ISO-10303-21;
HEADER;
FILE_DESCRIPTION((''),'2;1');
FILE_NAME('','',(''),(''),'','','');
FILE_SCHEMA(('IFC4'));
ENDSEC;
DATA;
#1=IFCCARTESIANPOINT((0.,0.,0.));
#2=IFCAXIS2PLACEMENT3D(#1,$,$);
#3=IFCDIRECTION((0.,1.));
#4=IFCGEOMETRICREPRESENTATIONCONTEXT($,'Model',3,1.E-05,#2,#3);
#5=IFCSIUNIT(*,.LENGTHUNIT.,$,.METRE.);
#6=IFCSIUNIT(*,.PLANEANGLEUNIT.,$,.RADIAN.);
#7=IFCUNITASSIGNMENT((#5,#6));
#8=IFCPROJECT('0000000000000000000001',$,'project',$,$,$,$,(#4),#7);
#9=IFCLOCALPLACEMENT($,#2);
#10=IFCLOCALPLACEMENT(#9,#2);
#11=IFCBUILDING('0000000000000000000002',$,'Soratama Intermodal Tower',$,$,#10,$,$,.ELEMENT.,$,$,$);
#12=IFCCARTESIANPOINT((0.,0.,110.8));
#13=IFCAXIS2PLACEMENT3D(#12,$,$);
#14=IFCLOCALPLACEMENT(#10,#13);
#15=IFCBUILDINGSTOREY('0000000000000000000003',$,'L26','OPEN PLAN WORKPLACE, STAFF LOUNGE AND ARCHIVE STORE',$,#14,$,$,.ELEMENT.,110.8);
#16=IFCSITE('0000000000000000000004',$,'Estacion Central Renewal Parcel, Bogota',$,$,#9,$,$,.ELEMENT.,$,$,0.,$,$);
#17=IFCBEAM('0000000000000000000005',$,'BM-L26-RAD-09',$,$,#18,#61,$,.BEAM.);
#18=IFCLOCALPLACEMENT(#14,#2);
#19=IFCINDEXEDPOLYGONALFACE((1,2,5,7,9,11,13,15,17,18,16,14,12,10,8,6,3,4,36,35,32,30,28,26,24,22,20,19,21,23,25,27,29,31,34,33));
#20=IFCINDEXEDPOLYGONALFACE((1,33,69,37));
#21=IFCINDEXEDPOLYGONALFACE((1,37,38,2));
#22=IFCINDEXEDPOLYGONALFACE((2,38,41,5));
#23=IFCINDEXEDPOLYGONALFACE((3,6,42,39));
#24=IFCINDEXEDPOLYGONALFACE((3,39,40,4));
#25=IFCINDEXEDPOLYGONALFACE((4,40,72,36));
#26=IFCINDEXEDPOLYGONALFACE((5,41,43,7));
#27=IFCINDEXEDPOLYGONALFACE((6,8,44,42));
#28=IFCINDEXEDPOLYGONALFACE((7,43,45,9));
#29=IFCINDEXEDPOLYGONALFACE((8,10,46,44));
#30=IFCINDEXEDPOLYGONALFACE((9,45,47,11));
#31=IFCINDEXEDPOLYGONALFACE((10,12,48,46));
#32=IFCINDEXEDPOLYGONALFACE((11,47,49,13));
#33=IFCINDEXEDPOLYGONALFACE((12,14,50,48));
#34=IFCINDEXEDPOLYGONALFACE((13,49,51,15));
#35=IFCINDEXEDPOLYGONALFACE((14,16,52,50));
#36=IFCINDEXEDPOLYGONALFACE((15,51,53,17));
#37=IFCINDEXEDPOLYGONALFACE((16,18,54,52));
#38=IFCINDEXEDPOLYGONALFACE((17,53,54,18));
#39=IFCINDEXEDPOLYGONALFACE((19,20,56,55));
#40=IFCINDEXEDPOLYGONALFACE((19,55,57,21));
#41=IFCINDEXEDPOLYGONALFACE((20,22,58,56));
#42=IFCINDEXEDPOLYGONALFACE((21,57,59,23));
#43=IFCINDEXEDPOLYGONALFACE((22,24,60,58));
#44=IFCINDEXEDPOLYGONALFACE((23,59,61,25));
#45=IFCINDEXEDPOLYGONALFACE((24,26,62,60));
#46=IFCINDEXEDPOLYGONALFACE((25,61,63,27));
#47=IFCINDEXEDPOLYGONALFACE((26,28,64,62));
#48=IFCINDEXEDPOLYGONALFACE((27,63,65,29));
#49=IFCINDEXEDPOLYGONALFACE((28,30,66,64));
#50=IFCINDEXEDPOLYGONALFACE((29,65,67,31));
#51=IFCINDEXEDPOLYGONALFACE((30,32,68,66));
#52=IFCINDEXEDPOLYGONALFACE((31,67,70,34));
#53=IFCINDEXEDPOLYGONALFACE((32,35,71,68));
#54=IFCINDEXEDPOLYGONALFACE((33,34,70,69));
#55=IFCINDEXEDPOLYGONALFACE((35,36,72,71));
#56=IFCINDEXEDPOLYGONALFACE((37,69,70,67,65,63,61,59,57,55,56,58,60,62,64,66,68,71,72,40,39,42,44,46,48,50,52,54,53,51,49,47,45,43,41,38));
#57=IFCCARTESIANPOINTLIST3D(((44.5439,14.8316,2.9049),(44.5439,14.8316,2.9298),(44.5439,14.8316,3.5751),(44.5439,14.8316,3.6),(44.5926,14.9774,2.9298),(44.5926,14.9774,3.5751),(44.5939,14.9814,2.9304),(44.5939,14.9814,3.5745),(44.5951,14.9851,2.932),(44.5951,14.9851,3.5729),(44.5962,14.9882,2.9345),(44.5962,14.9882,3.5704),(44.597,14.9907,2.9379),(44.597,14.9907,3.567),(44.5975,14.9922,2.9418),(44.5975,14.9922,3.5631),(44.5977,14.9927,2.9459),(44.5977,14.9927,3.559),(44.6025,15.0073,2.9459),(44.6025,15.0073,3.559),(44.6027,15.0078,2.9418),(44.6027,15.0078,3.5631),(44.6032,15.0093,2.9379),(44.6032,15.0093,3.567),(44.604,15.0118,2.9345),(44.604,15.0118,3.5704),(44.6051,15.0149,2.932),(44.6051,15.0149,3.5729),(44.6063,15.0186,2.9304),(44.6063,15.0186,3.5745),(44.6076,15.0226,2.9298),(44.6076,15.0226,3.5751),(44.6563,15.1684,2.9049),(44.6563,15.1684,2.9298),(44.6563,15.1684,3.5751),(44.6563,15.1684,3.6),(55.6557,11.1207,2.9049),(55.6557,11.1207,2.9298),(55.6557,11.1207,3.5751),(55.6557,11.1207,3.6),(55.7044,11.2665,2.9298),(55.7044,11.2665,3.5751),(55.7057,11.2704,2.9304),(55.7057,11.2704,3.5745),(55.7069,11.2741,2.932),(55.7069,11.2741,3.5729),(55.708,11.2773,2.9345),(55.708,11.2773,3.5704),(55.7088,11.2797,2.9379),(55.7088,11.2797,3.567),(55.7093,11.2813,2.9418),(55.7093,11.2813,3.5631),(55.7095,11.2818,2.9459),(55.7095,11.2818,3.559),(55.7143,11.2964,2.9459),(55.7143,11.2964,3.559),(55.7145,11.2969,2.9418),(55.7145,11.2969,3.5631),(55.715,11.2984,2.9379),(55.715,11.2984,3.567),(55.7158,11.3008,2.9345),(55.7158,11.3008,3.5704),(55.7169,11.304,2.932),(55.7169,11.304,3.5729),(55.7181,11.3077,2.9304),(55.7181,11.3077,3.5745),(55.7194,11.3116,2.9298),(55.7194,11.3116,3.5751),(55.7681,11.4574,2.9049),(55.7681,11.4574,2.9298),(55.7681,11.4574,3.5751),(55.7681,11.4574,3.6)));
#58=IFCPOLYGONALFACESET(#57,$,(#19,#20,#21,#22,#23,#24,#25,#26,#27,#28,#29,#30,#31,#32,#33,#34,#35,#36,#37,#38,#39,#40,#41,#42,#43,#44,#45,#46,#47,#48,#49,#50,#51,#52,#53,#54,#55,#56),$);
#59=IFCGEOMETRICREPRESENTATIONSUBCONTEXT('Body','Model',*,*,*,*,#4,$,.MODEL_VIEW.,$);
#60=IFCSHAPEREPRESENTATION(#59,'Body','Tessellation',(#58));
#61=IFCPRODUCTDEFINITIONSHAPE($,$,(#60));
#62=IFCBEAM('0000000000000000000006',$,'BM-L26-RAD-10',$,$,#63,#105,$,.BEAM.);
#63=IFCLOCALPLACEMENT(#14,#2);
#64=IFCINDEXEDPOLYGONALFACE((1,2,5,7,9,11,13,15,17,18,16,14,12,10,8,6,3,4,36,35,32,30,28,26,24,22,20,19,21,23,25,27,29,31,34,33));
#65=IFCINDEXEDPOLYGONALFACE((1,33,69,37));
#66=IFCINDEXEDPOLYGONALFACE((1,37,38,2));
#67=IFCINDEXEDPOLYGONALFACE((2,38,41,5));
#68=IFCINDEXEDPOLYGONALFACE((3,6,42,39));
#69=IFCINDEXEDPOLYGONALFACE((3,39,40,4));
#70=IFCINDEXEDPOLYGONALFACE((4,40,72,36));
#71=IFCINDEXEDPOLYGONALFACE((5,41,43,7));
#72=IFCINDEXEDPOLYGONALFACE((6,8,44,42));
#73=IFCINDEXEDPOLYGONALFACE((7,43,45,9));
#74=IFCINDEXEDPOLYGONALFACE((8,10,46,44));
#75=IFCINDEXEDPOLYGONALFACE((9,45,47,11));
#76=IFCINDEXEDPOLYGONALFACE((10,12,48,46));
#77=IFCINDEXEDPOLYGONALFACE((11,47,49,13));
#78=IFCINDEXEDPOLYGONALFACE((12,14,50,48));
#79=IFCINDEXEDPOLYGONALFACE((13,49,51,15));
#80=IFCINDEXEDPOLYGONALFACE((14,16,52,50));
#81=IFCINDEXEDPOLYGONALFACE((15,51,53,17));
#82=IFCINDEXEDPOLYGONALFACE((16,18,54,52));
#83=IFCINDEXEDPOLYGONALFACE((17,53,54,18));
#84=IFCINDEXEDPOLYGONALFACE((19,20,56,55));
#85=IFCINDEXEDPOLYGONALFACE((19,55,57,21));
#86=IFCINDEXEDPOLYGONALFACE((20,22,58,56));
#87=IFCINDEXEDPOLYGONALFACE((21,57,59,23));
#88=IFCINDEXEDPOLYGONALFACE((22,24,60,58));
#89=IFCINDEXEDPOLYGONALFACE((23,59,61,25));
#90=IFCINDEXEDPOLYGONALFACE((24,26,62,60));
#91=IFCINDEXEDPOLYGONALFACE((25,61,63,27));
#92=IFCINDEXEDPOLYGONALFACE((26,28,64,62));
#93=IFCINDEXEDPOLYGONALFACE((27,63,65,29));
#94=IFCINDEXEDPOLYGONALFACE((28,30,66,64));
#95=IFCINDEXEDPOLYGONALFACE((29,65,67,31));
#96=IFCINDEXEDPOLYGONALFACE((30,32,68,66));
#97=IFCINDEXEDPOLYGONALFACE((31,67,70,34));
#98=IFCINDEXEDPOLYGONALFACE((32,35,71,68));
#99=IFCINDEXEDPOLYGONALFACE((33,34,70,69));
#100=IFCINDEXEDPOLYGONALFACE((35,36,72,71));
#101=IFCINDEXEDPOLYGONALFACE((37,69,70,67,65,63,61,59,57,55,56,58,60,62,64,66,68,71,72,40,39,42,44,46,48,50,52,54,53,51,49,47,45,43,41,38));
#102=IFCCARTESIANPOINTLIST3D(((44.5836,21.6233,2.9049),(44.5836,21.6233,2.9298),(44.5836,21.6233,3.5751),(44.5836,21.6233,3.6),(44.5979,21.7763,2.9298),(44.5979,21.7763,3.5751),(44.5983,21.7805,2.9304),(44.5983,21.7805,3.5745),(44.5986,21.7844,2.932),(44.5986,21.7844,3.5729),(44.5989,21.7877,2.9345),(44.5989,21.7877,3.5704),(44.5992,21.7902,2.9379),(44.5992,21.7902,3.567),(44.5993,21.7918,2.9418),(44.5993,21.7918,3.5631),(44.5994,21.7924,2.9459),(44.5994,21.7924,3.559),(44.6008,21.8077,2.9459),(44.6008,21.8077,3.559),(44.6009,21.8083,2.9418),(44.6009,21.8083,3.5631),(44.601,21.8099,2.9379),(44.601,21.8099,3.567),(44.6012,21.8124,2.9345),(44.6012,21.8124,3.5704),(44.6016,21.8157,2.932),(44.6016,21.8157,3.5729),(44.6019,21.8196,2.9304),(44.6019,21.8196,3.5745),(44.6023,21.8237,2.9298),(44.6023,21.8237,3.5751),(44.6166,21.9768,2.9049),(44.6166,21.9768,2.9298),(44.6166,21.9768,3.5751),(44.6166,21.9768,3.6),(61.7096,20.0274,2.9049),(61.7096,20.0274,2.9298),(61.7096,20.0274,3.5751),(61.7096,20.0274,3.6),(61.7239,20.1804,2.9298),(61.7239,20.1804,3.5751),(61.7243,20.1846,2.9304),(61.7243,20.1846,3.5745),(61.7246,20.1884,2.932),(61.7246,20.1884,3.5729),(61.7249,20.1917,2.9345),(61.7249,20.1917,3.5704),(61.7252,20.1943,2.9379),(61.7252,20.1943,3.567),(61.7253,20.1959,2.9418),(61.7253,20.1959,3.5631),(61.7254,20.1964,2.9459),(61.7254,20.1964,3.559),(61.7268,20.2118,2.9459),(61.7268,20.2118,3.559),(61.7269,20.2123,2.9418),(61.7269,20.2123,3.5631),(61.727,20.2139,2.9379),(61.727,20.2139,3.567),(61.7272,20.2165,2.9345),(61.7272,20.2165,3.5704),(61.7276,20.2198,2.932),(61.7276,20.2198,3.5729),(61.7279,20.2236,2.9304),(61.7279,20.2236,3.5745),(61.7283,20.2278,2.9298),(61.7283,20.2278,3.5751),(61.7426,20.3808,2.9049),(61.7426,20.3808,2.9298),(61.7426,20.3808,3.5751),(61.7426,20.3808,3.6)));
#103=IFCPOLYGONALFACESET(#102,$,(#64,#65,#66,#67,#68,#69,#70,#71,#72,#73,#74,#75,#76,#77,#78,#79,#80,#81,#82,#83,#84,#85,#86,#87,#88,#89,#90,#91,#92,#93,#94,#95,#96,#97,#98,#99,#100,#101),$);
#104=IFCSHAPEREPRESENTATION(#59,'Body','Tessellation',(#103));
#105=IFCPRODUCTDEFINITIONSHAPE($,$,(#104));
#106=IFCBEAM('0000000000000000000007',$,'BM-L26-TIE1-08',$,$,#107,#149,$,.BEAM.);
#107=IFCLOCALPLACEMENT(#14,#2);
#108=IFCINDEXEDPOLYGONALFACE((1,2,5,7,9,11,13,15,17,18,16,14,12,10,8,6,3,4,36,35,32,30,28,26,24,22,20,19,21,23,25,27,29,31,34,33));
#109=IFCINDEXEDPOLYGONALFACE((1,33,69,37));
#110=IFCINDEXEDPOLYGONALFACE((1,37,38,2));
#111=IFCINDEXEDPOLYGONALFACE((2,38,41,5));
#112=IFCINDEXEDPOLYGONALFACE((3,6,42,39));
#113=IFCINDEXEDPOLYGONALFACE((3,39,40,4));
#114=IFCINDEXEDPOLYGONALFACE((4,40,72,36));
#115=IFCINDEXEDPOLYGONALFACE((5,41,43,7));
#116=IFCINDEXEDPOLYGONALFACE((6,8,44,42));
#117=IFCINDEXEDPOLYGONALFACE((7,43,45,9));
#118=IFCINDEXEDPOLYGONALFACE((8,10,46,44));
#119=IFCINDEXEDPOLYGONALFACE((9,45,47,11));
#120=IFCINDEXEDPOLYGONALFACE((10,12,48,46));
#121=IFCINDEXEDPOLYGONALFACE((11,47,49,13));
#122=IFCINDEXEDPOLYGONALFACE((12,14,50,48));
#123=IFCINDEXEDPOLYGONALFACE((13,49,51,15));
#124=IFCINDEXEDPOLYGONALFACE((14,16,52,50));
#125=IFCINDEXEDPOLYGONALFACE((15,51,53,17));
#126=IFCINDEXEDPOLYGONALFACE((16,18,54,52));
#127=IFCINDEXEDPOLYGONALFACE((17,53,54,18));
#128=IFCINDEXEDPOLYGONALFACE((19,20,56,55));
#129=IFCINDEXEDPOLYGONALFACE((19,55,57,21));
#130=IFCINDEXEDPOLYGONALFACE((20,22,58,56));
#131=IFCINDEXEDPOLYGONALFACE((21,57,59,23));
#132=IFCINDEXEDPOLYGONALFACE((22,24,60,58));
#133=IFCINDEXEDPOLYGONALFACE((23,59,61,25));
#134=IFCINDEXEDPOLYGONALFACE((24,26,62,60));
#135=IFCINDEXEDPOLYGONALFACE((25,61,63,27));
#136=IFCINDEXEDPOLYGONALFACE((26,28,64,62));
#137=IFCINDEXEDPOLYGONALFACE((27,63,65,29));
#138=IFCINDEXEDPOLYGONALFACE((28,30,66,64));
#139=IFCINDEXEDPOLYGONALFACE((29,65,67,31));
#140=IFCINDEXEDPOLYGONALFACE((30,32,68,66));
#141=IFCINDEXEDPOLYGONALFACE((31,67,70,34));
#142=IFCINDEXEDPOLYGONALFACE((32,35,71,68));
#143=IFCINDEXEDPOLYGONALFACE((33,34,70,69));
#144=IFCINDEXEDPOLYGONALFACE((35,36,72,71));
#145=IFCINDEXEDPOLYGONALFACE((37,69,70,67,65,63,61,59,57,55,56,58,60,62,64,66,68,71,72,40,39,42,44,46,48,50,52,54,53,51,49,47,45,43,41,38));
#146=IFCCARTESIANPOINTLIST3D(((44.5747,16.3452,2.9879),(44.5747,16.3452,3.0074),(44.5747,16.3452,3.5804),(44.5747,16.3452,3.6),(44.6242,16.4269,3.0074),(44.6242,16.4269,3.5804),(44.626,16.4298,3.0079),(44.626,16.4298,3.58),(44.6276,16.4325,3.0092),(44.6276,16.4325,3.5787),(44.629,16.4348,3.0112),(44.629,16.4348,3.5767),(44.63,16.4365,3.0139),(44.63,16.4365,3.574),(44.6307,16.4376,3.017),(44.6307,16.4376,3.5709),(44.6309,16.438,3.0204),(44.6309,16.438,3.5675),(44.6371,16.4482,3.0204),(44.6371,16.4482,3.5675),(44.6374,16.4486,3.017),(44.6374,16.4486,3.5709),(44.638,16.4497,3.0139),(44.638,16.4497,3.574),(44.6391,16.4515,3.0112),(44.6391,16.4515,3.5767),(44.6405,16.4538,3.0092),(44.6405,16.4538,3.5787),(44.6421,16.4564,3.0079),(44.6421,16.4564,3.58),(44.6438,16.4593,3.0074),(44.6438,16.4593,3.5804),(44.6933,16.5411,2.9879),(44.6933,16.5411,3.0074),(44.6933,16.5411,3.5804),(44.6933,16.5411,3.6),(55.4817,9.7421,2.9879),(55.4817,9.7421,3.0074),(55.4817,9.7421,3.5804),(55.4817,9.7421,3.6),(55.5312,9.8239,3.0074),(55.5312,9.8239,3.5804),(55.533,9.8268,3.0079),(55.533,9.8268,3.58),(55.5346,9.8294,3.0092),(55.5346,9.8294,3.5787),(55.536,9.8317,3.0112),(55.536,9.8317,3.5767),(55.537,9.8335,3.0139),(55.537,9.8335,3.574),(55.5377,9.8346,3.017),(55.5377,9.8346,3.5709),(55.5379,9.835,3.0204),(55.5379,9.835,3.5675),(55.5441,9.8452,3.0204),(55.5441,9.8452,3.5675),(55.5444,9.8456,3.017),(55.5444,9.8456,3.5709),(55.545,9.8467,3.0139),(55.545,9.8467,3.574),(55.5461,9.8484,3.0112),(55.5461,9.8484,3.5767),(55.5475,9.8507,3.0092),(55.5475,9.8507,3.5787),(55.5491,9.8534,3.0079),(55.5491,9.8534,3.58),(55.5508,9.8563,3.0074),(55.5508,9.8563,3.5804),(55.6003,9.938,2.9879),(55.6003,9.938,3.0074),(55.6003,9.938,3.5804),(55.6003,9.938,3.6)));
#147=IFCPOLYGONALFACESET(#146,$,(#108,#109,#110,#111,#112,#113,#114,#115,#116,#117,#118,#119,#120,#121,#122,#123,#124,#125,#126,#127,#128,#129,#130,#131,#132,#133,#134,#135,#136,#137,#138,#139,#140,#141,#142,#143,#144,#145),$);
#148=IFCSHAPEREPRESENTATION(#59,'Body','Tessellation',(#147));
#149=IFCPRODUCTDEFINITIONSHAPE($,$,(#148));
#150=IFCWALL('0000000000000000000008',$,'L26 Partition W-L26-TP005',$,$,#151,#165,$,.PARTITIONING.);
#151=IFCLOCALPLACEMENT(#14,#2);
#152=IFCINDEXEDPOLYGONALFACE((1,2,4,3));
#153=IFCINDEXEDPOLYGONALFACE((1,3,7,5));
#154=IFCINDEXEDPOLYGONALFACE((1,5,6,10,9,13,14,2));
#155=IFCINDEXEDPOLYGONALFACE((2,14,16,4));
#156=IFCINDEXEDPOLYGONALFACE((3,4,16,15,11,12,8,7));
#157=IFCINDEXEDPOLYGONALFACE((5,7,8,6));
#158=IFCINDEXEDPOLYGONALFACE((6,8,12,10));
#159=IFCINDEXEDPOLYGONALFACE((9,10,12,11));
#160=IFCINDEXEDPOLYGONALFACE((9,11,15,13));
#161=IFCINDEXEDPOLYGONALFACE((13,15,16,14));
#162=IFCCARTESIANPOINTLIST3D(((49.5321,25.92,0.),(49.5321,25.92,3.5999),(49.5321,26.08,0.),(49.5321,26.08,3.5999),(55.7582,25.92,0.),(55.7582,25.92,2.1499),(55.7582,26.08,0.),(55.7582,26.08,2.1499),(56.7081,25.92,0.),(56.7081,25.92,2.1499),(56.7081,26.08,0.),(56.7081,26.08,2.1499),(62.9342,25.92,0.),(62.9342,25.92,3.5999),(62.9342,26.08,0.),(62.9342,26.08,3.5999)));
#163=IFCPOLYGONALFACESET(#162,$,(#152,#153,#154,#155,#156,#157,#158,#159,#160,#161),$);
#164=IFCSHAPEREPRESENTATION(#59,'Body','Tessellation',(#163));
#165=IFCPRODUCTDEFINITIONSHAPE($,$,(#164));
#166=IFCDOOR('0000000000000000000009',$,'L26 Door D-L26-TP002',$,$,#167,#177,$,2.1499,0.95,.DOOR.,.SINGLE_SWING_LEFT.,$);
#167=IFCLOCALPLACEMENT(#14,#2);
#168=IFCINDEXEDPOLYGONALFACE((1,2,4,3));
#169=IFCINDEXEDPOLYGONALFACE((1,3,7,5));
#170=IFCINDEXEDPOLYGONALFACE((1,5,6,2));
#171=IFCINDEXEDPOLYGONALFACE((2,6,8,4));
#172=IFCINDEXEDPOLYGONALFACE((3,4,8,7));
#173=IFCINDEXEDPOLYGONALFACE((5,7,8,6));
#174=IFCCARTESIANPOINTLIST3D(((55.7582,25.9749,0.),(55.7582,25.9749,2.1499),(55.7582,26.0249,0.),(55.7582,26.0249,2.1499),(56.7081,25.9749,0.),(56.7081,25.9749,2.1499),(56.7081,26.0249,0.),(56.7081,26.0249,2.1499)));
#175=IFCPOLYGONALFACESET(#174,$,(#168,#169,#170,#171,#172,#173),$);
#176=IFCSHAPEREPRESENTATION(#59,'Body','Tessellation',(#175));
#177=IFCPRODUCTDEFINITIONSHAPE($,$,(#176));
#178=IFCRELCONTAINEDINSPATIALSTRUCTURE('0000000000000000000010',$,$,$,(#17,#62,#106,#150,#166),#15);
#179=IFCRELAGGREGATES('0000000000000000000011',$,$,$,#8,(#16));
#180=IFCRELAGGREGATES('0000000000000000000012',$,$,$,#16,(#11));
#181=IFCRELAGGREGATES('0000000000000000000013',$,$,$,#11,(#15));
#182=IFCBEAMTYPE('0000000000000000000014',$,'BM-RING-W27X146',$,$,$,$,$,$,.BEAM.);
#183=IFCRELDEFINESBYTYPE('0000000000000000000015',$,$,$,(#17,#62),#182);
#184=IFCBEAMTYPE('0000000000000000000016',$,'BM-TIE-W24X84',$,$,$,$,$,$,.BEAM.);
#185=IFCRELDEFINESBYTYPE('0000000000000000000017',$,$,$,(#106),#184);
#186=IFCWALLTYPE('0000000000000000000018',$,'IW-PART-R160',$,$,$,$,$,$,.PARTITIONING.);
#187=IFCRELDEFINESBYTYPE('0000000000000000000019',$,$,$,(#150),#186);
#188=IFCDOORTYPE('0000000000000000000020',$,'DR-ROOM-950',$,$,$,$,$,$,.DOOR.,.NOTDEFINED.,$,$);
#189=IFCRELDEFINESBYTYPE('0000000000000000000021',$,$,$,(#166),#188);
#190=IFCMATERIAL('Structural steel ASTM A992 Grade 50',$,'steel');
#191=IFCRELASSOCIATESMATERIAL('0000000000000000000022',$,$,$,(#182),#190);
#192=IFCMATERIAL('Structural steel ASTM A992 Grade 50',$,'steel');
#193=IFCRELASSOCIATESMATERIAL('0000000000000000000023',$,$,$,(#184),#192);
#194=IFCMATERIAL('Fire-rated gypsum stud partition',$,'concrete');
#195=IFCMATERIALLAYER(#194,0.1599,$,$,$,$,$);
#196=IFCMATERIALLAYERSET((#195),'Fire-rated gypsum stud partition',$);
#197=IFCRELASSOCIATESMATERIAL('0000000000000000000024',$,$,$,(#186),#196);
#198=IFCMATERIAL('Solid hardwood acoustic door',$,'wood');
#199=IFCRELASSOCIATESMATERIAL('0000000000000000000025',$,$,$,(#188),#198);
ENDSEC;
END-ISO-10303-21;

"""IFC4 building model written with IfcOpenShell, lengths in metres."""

from ifc_helpers import new_model, si_unit, direction, frame, frame_2d, origin, origin_2d, place, context, subcontext, project, spatial, rectangle, i_section, extrude, material, layer, layer_set, material_profile, profile_set, type_object, element, fill, save


model = new_model("IFC4")

# Units and contexts
model_context = context("Model", 3, precision=1e-05, world=origin(), true_north=direction((0.0, 1.0)))
body_context = subcontext(model_context, "Body", "Model", "MODEL_VIEW")
ifc_project = project(units=[si_unit("LENGTHUNIT", "METRE"), si_unit("PLANEANGLEUNIT", "RADIAN")], contexts=[model_context])

# Site, building, storey
site_placement = place(None, origin())
site = spatial("IfcSite", under=ifc_project, at=site_placement, Name="Estacion Central Renewal Parcel, Bogota", CompositionType="ELEMENT", RefElevation=0.0)
building_placement = place(site_placement, origin())
building = spatial("IfcBuilding", under=site, at=building_placement, Name="Soratama Intermodal Tower", CompositionType="ELEMENT")
storey_placement = place(building_placement, frame((0.0, 0.0, 110.8)))
storey = spatial("IfcBuildingStorey", under=building, at=storey_placement, Name="L26", Description="OPEN PLAN WORKPLACE, STAFF LOUNGE AND ARCHIVE STORE", CompositionType="ELEMENT", Elevation=110.8)

# Beams
ifc_material_1 = material(Name="Structural steel ASTM A992 Grade 50", Category="steel")
ifc_material_profile_1 = material_profile(ifc_material_1, i_section(OverallWidth=0.355, OverallDepth=0.6951, WebThickness=0.0154, FlangeThickness=0.0249, FilletRadius=0.0161, at=origin_2d()), Name="W27X146")
ifc_profile_set_1 = profile_set([ifc_material_profile_1], Name="Structural steel ASTM A992 Grade 50")
beam_type_1 = type_object("IfcBeamType", Name="BM-RING-W27X146", PredefinedType="BEAM", material=ifc_profile_set_1)
beam_1_placement = place(storey_placement, frame((44.6001, 15.0, 3.2524), z_axis=(0.948504, -0.316765, 0.0), x_axis=(0.316765, 0.948504, 0.0)))
element("IfcBeam", 1, at=beam_1_placement, inside=storey, type_object=beam_type_1, Name="BM-L26-RAD-09", PredefinedType="BEAM", context=body_context, shape_type="SweptSolid", body=[
    extrude(i_section(OverallWidth=0.355, OverallDepth=0.6951, WebThickness=0.0154, FlangeThickness=0.0249, FilletRadius=0.0161, at=origin_2d()), origin(), (0.0, 0.0, 1.0), 11.7151),
])
beam_2_placement = place(storey_placement, frame((44.6001, 21.8, 3.2524), z_axis=(0.995686, -0.092787, 0.0), x_axis=(0.092787, 0.995686, 0.0)))
element("IfcBeam", 2, at=beam_2_placement, inside=storey, type_object=beam_type_1, Name="BM-L26-RAD-10", PredefinedType="BEAM", context=body_context, shape_type="SweptSolid", body=[
    extrude(i_section(OverallWidth=0.355, OverallDepth=0.6951, WebThickness=0.0154, FlangeThickness=0.0249, FilletRadius=0.0161, at=origin_2d()), origin(), (0.0, 0.0, 1.0), 17.2002),
])
ifc_material_2 = material(Name="Structural steel ASTM A992 Grade 50", Category="steel")
ifc_material_profile_2 = material_profile(ifc_material_2, i_section(OverallWidth=0.229, OverallDepth=0.6121, WebThickness=0.012, FlangeThickness=0.0195, FilletRadius=0.0129, at=origin_2d()), Name="W24X84")
ifc_profile_set_2 = profile_set([ifc_material_profile_2], Name="Structural steel ASTM A992 Grade 50")
beam_type_2 = type_object("IfcBeamType", Name="BM-TIE-W24X84", PredefinedType="BEAM", material=ifc_profile_set_2)
beam_3_placement = place(storey_placement, frame((44.634, 16.4431, 3.2939), z_axis=(0.85545, -0.517885, 0.0), x_axis=(0.517885, 0.85545, 0.0)))
element("IfcBeam", 3, at=beam_3_placement, inside=storey, type_object=beam_type_2, Name="BM-L26-TIE1-08", PredefinedType="BEAM", context=body_context, shape_type="SweptSolid", body=[
    extrude(i_section(OverallWidth=0.229, OverallDepth=0.6121, WebThickness=0.012, FlangeThickness=0.0195, FilletRadius=0.0129, at=origin_2d()), origin(), (0.0, 0.0, 1.0), 12.75),
])

# Wall, opening, door
ifc_material_3 = material(Name="Fire-rated gypsum stud partition", Category="concrete")
ifc_layer_1 = layer(ifc_material_3, 0.1599)
ifc_layer_set_1 = layer_set([ifc_layer_1], Name="Fire-rated gypsum stud partition")
wall_type_1 = type_object("IfcWallType", Name="IW-PART-R160", PredefinedType="PARTITIONING", material=ifc_layer_set_1)
wall_1_placement = place(storey_placement, frame((49.532, 26.0, 0.0), z_axis=(0.0, 0.0, 1.0), x_axis=(1.0, 0.0, 0.0)))
wall_1 = element("IfcWall", 4, at=wall_1_placement, inside=storey, type_object=wall_type_1, Name="L26 Partition W-L26-TP005", PredefinedType="PARTITIONING", context=body_context, shape_type="SweptSolid", body=[
    extrude(rectangle(XDim=13.4021, YDim=0.1599, at=frame_2d((6.7012, 0.0))), origin(), (0.0, 0.0, 1.0), 3.5999),
])
opening_1_placement = place(wall_1_placement, frame((6.2261, 0.0, 0.0)))
opening_1 = element("IfcOpeningElement", 5, at=opening_1_placement, cuts=wall_1, PredefinedType="OPENING", context=body_context, shape_type="SweptSolid", body=[
    extrude(rectangle(XDim=0.95, YDim=2.1499, at=frame_2d((0.4751, 1.075))), frame((0.0, 0.0898, 0.0), z_axis=(0.0, -1.0, 0.0), x_axis=(1.0, 0.0, 0.0)), (0.0, 0.0, 1.0), 0.1799),
])
ifc_material_4 = material(Name="Solid hardwood acoustic door", Category="wood")
door_type_1 = type_object("IfcDoorType", Name="DR-ROOM-950", OperationType="NOTDEFINED", PredefinedType="DOOR", material=ifc_material_4)
door_1_placement = place(opening_1_placement, origin())
door_1 = element("IfcDoor", 6, at=door_1_placement, inside=storey, type_object=door_type_1, Name="L26 Door D-L26-TP002", OperationType="SINGLE_SWING_LEFT", OverallHeight=2.1499, OverallWidth=0.95, PredefinedType="DOOR", context=body_context, shape_type="SweptSolid", body=[
    extrude(rectangle(XDim=0.95, YDim=2.1499, at=frame_2d((0.4751, 1.075))), frame((0.0, 0.0249, 0.0), z_axis=(0.0, -1.0, 0.0), x_axis=(1.0, 0.0, 0.0)), (0.0, 0.0, 1.0), 0.05),
])
fill(opening_1, door_1)

save(model, "model.ifc")
